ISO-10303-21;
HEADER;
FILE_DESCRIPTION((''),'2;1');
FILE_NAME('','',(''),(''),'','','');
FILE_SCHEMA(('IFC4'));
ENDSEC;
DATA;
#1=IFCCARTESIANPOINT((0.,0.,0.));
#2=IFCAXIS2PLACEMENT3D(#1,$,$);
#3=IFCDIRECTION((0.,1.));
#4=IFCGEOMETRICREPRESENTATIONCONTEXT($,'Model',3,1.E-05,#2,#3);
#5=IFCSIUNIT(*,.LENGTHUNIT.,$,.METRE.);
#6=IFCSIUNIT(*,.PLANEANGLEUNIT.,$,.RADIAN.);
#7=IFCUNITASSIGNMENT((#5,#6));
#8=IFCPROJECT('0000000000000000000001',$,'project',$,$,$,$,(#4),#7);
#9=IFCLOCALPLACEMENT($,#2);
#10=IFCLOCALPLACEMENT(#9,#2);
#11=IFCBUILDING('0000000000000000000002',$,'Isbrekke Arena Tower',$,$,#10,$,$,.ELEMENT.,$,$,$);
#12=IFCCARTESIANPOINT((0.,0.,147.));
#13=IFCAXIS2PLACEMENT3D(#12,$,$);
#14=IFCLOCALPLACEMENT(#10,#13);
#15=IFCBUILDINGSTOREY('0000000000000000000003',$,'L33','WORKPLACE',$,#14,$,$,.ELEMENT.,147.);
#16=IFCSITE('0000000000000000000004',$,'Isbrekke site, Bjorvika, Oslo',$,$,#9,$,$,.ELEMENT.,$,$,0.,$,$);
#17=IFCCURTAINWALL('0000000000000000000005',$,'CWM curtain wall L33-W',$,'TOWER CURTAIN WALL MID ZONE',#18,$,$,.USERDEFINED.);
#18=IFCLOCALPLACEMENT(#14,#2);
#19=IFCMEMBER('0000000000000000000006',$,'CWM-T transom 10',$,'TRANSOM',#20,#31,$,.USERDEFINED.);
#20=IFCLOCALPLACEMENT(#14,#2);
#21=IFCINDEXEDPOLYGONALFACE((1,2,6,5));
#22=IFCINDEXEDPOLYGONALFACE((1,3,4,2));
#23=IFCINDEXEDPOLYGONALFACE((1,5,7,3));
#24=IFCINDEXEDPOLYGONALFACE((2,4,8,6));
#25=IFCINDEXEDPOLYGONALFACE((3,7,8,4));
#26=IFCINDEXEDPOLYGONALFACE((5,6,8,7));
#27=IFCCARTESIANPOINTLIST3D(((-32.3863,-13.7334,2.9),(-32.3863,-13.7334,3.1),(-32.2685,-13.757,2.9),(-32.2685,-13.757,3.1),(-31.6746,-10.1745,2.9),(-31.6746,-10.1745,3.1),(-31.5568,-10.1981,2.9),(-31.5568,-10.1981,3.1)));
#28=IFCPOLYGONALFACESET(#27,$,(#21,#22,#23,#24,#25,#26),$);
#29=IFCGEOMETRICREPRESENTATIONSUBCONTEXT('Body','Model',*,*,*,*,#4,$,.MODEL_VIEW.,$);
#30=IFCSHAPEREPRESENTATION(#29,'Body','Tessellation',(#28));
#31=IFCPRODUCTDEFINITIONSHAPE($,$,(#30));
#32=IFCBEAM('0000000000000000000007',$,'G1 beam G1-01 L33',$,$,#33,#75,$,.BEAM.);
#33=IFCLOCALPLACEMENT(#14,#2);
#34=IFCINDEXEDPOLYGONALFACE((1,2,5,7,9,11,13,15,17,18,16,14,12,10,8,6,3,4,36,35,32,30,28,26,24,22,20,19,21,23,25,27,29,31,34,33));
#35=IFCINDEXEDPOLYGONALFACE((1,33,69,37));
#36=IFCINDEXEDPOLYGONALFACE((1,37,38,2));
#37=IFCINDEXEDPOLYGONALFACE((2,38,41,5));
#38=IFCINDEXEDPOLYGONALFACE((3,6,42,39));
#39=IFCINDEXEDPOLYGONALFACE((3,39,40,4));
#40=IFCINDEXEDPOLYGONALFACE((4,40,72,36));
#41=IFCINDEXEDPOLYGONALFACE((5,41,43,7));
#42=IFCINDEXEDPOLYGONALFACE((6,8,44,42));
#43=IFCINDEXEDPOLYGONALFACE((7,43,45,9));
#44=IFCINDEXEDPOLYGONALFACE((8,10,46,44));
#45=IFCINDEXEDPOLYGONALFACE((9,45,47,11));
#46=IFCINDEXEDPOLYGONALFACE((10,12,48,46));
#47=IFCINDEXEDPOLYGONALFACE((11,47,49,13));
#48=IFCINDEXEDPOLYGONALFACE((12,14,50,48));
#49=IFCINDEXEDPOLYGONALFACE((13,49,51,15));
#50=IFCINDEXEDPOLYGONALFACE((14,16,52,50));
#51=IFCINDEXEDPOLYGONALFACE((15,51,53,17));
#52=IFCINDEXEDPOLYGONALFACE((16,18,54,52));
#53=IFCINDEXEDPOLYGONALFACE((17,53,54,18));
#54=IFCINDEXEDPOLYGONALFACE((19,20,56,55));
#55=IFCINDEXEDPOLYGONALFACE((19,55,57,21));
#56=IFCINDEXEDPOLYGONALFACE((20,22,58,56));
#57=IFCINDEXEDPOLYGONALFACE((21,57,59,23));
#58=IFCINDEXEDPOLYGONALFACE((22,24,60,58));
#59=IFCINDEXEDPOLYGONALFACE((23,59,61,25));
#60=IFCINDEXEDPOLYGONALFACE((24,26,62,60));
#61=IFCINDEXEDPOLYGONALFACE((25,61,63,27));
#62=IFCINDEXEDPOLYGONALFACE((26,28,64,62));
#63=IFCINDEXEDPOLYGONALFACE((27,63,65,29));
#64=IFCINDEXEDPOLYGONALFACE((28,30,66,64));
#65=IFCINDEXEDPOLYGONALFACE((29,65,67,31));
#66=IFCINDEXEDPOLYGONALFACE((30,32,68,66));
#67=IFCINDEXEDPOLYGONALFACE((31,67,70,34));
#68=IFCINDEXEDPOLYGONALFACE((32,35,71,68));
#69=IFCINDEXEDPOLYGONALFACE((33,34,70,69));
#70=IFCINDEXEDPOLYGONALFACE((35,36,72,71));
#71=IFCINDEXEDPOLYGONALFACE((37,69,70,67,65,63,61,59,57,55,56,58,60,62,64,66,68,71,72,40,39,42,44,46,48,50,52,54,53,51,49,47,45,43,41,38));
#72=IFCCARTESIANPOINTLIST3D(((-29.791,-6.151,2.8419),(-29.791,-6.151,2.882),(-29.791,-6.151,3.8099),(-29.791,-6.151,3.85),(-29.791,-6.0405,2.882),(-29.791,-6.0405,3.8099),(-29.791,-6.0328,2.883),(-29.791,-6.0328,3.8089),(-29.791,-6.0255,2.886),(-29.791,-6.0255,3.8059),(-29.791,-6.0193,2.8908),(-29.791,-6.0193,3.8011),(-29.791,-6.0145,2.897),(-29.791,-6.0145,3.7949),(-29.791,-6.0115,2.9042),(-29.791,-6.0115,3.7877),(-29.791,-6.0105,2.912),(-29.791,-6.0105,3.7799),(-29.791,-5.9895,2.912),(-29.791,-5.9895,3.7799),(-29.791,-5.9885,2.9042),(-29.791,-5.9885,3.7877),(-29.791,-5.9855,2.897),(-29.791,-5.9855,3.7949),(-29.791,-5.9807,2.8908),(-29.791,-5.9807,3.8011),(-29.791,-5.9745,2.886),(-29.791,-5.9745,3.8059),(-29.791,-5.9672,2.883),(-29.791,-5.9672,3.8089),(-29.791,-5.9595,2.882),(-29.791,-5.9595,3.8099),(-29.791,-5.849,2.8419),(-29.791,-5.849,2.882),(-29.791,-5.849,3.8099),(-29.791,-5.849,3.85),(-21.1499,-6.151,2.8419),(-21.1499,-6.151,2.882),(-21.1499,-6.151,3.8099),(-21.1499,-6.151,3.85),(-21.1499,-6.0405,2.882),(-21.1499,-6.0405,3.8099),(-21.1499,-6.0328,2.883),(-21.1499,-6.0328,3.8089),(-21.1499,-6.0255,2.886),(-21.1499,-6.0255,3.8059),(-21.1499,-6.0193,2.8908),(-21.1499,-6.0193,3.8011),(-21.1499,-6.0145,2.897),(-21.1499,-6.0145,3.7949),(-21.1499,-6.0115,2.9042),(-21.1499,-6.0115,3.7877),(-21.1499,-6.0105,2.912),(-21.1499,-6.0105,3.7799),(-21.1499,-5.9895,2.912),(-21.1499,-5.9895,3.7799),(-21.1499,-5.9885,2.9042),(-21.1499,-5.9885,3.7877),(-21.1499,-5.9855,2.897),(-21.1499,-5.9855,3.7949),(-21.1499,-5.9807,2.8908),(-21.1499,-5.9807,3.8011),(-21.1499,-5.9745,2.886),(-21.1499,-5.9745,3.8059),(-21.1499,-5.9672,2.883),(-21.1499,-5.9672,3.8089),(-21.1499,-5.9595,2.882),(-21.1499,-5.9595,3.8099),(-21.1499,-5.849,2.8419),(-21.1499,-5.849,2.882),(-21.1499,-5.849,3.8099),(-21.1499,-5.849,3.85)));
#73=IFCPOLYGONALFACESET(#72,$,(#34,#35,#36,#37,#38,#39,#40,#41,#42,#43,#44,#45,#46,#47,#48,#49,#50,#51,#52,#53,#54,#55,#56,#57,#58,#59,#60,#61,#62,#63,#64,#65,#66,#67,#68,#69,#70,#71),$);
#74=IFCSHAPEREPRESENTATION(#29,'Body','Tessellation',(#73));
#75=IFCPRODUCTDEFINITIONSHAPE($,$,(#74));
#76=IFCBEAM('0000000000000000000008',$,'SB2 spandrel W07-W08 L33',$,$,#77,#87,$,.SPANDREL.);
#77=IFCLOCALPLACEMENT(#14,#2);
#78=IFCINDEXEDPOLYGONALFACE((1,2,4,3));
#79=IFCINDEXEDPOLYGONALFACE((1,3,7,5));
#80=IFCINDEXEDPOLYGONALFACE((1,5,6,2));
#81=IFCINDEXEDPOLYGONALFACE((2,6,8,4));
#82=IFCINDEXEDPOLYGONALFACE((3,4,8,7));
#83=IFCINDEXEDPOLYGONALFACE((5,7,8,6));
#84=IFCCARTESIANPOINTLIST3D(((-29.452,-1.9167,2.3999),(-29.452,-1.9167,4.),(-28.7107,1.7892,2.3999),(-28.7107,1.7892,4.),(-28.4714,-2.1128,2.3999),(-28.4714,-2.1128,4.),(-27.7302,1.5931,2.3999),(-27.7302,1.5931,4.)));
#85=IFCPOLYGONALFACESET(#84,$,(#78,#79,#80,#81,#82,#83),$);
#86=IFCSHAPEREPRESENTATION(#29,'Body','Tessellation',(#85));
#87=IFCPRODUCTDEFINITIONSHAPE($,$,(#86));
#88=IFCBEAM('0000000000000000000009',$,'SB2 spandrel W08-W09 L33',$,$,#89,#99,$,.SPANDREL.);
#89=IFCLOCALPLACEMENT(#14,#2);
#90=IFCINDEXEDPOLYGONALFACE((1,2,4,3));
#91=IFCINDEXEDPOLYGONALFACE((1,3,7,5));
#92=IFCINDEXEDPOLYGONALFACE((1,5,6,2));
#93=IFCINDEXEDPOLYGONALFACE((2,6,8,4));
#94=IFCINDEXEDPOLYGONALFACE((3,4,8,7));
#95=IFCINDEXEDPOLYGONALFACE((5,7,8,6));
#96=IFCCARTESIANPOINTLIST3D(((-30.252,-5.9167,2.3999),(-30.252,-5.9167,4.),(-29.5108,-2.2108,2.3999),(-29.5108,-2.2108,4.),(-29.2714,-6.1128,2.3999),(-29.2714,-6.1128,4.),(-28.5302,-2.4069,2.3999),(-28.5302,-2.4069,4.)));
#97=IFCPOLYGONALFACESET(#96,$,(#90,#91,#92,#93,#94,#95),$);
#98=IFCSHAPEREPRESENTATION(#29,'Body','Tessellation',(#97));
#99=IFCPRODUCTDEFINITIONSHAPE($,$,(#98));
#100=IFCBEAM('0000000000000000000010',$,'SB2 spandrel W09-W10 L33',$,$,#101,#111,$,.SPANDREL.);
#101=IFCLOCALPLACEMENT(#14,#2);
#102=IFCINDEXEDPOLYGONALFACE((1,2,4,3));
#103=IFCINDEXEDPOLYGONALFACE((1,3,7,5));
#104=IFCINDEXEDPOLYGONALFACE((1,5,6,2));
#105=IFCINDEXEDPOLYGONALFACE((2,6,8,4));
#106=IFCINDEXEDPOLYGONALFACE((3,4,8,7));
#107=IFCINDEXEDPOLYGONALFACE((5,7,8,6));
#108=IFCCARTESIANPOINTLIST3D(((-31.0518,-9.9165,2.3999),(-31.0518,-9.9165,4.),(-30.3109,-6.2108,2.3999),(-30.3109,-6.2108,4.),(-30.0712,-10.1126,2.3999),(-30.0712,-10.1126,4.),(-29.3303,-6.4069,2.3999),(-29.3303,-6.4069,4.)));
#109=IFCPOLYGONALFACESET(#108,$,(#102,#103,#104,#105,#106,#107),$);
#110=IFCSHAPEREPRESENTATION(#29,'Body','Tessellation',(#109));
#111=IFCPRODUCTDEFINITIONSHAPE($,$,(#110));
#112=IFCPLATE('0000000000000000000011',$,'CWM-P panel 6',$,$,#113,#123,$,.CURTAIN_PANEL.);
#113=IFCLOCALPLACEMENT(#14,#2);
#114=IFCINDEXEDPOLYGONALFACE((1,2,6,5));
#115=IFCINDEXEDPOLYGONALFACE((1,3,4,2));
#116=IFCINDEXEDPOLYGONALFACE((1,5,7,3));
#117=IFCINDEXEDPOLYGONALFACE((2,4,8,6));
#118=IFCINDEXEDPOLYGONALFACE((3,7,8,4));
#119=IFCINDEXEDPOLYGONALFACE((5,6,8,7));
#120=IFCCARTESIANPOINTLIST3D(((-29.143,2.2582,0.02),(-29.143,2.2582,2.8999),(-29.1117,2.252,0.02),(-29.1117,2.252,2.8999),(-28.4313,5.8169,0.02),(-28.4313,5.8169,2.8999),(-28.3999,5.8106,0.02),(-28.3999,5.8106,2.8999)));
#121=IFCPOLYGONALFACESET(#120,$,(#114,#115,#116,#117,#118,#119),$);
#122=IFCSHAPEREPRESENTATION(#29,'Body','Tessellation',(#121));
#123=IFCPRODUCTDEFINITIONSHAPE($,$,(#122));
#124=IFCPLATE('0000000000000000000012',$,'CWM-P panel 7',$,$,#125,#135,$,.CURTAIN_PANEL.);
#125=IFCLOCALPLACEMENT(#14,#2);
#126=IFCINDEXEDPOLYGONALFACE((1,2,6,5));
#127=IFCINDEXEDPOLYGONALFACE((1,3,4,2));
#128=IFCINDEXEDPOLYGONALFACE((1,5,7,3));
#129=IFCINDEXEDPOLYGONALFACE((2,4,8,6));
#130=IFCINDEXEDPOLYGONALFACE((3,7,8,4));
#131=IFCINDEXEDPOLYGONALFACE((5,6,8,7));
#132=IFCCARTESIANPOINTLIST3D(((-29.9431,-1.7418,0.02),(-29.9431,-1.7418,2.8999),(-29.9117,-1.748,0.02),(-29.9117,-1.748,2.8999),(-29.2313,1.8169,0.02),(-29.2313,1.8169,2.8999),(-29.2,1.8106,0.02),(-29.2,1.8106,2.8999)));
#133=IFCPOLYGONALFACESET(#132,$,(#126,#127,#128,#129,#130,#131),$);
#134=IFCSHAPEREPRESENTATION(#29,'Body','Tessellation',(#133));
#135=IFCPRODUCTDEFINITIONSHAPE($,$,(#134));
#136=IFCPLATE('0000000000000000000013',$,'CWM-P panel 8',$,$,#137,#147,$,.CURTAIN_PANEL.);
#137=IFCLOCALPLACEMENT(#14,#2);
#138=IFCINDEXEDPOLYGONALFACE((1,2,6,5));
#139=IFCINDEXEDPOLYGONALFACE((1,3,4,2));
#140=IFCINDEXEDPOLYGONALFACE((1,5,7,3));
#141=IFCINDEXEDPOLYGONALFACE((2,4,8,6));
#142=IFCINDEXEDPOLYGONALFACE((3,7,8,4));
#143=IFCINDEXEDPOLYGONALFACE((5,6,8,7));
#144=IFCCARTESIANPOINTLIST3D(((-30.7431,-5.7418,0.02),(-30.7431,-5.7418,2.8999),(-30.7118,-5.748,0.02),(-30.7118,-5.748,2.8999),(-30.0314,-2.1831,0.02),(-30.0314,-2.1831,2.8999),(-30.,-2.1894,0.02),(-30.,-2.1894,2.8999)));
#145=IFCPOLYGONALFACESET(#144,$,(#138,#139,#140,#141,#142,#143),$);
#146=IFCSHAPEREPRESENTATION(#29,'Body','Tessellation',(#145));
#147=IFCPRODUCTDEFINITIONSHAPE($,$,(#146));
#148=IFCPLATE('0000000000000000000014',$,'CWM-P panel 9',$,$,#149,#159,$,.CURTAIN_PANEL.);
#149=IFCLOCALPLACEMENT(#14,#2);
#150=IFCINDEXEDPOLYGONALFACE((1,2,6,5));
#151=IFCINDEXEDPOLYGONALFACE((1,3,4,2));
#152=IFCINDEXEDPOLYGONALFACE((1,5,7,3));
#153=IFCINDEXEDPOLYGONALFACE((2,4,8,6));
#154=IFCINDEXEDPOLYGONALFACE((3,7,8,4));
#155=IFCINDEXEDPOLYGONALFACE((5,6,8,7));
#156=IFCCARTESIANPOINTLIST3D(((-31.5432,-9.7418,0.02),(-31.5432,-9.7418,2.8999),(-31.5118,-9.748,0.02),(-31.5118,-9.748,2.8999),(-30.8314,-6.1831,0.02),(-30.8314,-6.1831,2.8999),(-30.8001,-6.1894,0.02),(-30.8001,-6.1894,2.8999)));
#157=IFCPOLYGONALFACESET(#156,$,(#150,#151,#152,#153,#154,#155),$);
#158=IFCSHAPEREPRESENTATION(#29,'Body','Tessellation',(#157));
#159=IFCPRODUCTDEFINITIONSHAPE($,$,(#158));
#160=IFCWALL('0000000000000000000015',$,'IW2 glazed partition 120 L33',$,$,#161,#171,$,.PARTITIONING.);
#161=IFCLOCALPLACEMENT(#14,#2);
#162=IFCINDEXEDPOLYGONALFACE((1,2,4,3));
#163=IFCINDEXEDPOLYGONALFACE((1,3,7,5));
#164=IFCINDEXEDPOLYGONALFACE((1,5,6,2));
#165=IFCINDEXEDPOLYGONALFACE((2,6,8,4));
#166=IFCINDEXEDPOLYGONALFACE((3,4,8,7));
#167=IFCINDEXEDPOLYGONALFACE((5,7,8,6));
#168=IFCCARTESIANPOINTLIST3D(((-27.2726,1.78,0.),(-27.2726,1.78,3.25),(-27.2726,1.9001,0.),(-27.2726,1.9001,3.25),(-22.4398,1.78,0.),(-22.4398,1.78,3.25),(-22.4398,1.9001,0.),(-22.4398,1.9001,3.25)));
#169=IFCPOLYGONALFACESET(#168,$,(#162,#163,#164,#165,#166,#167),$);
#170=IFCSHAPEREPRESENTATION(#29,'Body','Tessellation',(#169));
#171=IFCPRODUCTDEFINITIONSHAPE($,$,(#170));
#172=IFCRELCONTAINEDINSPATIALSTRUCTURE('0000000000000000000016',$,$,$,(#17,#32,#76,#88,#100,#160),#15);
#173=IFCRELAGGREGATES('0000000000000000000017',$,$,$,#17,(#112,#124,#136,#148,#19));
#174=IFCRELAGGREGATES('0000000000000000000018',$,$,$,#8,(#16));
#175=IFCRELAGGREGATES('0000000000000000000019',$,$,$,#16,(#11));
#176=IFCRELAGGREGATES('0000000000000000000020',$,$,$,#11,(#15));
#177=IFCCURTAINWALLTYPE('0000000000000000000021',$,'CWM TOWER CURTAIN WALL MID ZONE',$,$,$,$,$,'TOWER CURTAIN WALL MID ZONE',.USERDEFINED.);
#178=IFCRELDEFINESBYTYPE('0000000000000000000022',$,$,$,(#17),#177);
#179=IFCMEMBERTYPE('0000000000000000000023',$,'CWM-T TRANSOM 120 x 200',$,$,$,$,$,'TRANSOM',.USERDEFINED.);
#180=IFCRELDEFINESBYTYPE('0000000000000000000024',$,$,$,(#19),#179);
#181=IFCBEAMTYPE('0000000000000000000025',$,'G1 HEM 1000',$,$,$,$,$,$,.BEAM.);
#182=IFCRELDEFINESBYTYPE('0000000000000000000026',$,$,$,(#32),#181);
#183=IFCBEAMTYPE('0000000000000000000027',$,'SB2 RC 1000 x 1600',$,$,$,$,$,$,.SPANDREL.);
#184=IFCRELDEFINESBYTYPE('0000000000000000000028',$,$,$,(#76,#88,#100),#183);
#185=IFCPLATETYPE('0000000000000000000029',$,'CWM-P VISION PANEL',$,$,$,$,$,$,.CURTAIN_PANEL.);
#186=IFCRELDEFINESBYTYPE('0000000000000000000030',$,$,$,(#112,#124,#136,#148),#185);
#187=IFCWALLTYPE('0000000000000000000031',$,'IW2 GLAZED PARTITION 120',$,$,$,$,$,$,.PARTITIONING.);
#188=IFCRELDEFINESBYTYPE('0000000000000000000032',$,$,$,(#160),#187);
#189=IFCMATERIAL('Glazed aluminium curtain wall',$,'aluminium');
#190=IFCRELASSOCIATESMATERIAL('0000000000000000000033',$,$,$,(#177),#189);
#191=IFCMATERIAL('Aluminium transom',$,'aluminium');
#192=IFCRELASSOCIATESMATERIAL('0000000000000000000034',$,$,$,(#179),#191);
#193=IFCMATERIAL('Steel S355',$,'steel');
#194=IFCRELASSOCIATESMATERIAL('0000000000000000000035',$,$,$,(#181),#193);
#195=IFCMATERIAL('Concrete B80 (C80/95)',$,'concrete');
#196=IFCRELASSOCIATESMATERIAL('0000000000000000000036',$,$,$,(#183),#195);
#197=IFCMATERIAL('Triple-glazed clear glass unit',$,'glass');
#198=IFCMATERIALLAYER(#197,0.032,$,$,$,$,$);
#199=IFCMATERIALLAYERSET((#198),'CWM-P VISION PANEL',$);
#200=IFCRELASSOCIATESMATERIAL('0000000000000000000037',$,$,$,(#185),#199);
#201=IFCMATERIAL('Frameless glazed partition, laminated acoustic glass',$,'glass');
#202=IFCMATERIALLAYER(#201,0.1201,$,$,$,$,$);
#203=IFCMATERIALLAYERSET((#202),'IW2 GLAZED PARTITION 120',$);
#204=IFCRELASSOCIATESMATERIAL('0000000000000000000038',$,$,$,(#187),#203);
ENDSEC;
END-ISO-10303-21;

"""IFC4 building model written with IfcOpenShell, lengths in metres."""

from ifc_helpers import new_model, si_unit, direction, frame, frame_2d, origin, origin_2d, place, context, subcontext, project, spatial, rectangle, i_section, extrude, material, layer, layer_set, material_profile, profile_set, type_object, element, aggregate, save


model = new_model("IFC4")

# Units and contexts
model_context = context("Model", 3, precision=1e-05, world=origin(), true_north=direction((0.0, 1.0)))
body_context = subcontext(model_context, "Body", "Model", "MODEL_VIEW")
ifc_project = project(units=[si_unit("LENGTHUNIT", "METRE"), si_unit("PLANEANGLEUNIT", "RADIAN")], contexts=[model_context])

# Site, building, storey
site_placement = place(None, origin())
site = spatial("IfcSite", under=ifc_project, at=site_placement, Name="Isbrekke site, Bjorvika, Oslo", CompositionType="ELEMENT", RefElevation=0.0)
building_placement = place(site_placement, origin())
building = spatial("IfcBuilding", under=site, at=building_placement, Name="Isbrekke Arena Tower", CompositionType="ELEMENT")
storey_placement = place(building_placement, frame((0.0, 0.0, 147.0)))
storey = spatial("IfcBuildingStorey", under=building, at=storey_placement, Name="L33", Description="WORKPLACE", CompositionType="ELEMENT", Elevation=147.0)

# Curtain wall, member
ifc_material_1 = material(Name="Glazed aluminium curtain wall", Category="aluminium")
curtain_wall_type = type_object("IfcCurtainWallType", Name="CWM TOWER CURTAIN WALL MID ZONE", ElementType="TOWER CURTAIN WALL MID ZONE", PredefinedType="USERDEFINED", material=ifc_material_1)
curtain_wall_placement = place(storey_placement, origin())
curtain_wall = element("IfcCurtainWall", 1, at=curtain_wall_placement, inside=storey, type_object=curtain_wall_type, Name="CWM curtain wall L33-W", ObjectType="TOWER CURTAIN WALL MID ZONE", PredefinedType="USERDEFINED")
ifc_material_2 = material(Name="Aluminium transom", Category="aluminium")
ifc_material_profile_1 = material_profile(ifc_material_2, rectangle(XDim=0.1201, YDim=0.2, at=origin_2d()), Name="TRANSOM 120X200")
ifc_profile_set_1 = profile_set([ifc_material_profile_1], Name="Aluminium transom")
member_type_1 = type_object("IfcMemberType", Name="CWM-T TRANSOM 120 x 200", ElementType="TRANSOM", PredefinedType="USERDEFINED", material=ifc_profile_set_1)
member_1_placement = place(storey_placement, frame((-31.6157, -10.1863, 3.0), z_axis=(-0.19609, -0.980586, 0.0), x_axis=(0.980586, -0.19609, 0.0)))
member_1 = element("IfcMember", 2, at=member_1_placement, type_object=member_type_1, Name="CWM-T transom 10", ObjectType="TRANSOM", PredefinedType="USERDEFINED", context=body_context, shape_type="SweptSolid", body=[
    extrude(rectangle(XDim=0.1201, YDim=0.2, at=origin_2d()), origin(), (0.0, 0.0, 1.0), 3.6294),
])

# Beams
ifc_material_3 = material(Name="Steel S355", Category="steel")
ifc_material_profile_2 = material_profile(ifc_material_3, i_section(OverallWidth=0.302, OverallDepth=1.0081, WebThickness=0.021, FlangeThickness=0.04, FilletRadius=0.03, at=origin_2d()), Name="HEM 1000")
ifc_profile_set_2 = profile_set([ifc_material_profile_2], Name="Steel S355")
beam_type_1 = type_object("IfcBeamType", Name="G1 HEM 1000", PredefinedType="BEAM", material=ifc_profile_set_2)
beam_1_placement = place(storey_placement, frame((-29.791, -6.0, 3.3459), z_axis=(1.0, 0.0, 0.0), x_axis=(0.0, 1.0, 0.0)))
element("IfcBeam", 3, at=beam_1_placement, inside=storey, type_object=beam_type_1, Name="G1 beam G1-01 L33", PredefinedType="BEAM", context=body_context, shape_type="SweptSolid", body=[
    extrude(i_section(OverallWidth=0.302, OverallDepth=1.0081, WebThickness=0.021, FlangeThickness=0.04, FilletRadius=0.03, at=origin_2d()), origin(), (0.0, 0.0, 1.0), 8.6411),
])
ifc_material_4 = material(Name="Concrete B80 (C80/95)", Category="concrete")
ifc_material_profile_3 = material_profile(ifc_material_4, rectangle(XDim=1.0, YDim=1.6001, at=origin_2d()), Name="RC 1000x1600")
ifc_profile_set_3 = profile_set([ifc_material_profile_3], Name="Concrete B80 (C80/95)")
beam_type_2 = type_object("IfcBeamType", Name="SB2 RC 1000 x 1600", PredefinedType="SPANDREL", material=ifc_profile_set_3)
for number, where, z_axis, x_axis, name in (
    (4, (-28.2205, 1.6912, 3.2), (-0.196129, -0.980578, 0.0), (0.980578, -0.196129, 0.0), "SB2 spandrel W07-W08 L33"),
    (5, (-29.0205, -2.3088, 3.2), (-0.196129, -0.980578, 0.0), (0.980578, -0.196129, 0.0), "SB2 spandrel W08-W09 L33"),
):
    element("IfcBeam", number, at=place(storey_placement, frame(where, z_axis=z_axis, x_axis=x_axis)), inside=storey, type_object=beam_type_2, Name=name, PredefinedType="SPANDREL", context=body_context, shape_type="SweptSolid", body=[
        extrude(rectangle(XDim=1.0, YDim=1.6001, at=origin_2d()), origin(), (0.0, 0.0, 1.0), 3.7793),
    ])
beam_2_placement = place(storey_placement, frame((-29.8206, -6.3088, 3.2), z_axis=(-0.196066, -0.980591, 0.0), x_axis=(0.980591, -0.196066, 0.0)))
element("IfcBeam", 6, at=beam_2_placement, inside=storey, type_object=beam_type_2, Name="SB2 spandrel W09-W10 L33", PredefinedType="SPANDREL", context=body_context, shape_type="SweptSolid", body=[
    extrude(rectangle(XDim=1.0, YDim=1.6001, at=origin_2d()), origin(), (0.0, 0.0, 1.0), 3.7791),
])

# Plates
ifc_material_5 = material(Name="Triple-glazed clear glass unit", Category="glass")
ifc_layer_1 = layer(ifc_material_5, 0.032)
ifc_layer_set_1 = layer_set([ifc_layer_1], Name="CWM-P VISION PANEL")
plate_type = type_object("IfcPlateType", Name="CWM-P VISION PANEL", PredefinedType="CURTAIN_PANEL", material=ifc_layer_set_1)
plate_1_placement = place(storey_placement, frame((-28.7715, 4.0344, 0.02), z_axis=(0.0, 0.0, 1.0), x_axis=(-0.196116, -0.980581, 0.0)))
plate_1 = element("IfcPlate", 7, at=plate_1_placement, type_object=plate_type, Name="CWM-P panel 6", PredefinedType="CURTAIN_PANEL", context=body_context, shape_type="SweptSolid", body=[
    extrude(rectangle(XDim=3.6292, YDim=0.032, at=origin_2d()), origin(), (0.0, 0.0, 1.0), 2.8799),
])
plate_2_placement = place(storey_placement, frame((-29.5715, 0.0344, 0.02), z_axis=(0.0, 0.0, 1.0), x_axis=(-0.196116, -0.980581, 0.0)))
plate_2 = element("IfcPlate", 8, at=plate_2_placement, type_object=plate_type, Name="CWM-P panel 7", PredefinedType="CURTAIN_PANEL", context=body_context, shape_type="SweptSolid", body=[
    extrude(rectangle(XDim=3.6292, YDim=0.032, at=origin_2d()), origin(), (0.0, 0.0, 1.0), 2.8799),
])
plate_3_placement = place(storey_placement, frame((-30.3716, -3.9656, 0.02), z_axis=(0.0, 0.0, 1.0), x_axis=(-0.196116, -0.980581, 0.0)))
plate_3 = element("IfcPlate", 9, at=plate_3_placement, type_object=plate_type, Name="CWM-P panel 8", PredefinedType="CURTAIN_PANEL", context=body_context, shape_type="SweptSolid", body=[
    extrude(rectangle(XDim=3.6292, YDim=0.032, at=origin_2d()), origin(), (0.0, 0.0, 1.0), 2.8799),
])
plate_4_placement = place(storey_placement, frame((-31.1716, -7.9656, 0.02), z_axis=(0.0, 0.0, 1.0), x_axis=(-0.196116, -0.980581, 0.0)))
plate_4 = element("IfcPlate", 10, at=plate_4_placement, type_object=plate_type, Name="CWM-P panel 9", PredefinedType="CURTAIN_PANEL", context=body_context, shape_type="SweptSolid", body=[
    extrude(rectangle(XDim=3.6292, YDim=0.032, at=origin_2d()), origin(), (0.0, 0.0, 1.0), 2.8799),
])
aggregate(curtain_wall, [plate_1, plate_2, plate_3, plate_4, member_1])

# Wall
ifc_material_6 = material(Name="Frameless glazed partition, laminated acoustic glass", Category="glass")
ifc_layer_2 = layer(ifc_material_6, 0.1201)
ifc_layer_set_2 = layer_set([ifc_layer_2], Name="IW2 GLAZED PARTITION 120")
wall_type = type_object("IfcWallType", Name="IW2 GLAZED PARTITION 120", PredefinedType="PARTITIONING", material=ifc_layer_set_2)
wall_1_placement = place(storey_placement, frame((-27.2727, 1.8401, 0.0), z_axis=(0.0, 0.0, 1.0), x_axis=(1.0, 0.0, 0.0)))
element("IfcWall", 11, at=wall_1_placement, inside=storey, type_object=wall_type, Name="IW2 glazed partition 120 L33", PredefinedType="PARTITIONING", context=body_context, shape_type="SweptSolid", body=[
    extrude(rectangle(XDim=4.8328, YDim=0.1201, at=frame_2d((2.4165, 0.0))), origin(), (0.0, 0.0, 1.0), 3.25),
])

save(model, "model.ifc")
